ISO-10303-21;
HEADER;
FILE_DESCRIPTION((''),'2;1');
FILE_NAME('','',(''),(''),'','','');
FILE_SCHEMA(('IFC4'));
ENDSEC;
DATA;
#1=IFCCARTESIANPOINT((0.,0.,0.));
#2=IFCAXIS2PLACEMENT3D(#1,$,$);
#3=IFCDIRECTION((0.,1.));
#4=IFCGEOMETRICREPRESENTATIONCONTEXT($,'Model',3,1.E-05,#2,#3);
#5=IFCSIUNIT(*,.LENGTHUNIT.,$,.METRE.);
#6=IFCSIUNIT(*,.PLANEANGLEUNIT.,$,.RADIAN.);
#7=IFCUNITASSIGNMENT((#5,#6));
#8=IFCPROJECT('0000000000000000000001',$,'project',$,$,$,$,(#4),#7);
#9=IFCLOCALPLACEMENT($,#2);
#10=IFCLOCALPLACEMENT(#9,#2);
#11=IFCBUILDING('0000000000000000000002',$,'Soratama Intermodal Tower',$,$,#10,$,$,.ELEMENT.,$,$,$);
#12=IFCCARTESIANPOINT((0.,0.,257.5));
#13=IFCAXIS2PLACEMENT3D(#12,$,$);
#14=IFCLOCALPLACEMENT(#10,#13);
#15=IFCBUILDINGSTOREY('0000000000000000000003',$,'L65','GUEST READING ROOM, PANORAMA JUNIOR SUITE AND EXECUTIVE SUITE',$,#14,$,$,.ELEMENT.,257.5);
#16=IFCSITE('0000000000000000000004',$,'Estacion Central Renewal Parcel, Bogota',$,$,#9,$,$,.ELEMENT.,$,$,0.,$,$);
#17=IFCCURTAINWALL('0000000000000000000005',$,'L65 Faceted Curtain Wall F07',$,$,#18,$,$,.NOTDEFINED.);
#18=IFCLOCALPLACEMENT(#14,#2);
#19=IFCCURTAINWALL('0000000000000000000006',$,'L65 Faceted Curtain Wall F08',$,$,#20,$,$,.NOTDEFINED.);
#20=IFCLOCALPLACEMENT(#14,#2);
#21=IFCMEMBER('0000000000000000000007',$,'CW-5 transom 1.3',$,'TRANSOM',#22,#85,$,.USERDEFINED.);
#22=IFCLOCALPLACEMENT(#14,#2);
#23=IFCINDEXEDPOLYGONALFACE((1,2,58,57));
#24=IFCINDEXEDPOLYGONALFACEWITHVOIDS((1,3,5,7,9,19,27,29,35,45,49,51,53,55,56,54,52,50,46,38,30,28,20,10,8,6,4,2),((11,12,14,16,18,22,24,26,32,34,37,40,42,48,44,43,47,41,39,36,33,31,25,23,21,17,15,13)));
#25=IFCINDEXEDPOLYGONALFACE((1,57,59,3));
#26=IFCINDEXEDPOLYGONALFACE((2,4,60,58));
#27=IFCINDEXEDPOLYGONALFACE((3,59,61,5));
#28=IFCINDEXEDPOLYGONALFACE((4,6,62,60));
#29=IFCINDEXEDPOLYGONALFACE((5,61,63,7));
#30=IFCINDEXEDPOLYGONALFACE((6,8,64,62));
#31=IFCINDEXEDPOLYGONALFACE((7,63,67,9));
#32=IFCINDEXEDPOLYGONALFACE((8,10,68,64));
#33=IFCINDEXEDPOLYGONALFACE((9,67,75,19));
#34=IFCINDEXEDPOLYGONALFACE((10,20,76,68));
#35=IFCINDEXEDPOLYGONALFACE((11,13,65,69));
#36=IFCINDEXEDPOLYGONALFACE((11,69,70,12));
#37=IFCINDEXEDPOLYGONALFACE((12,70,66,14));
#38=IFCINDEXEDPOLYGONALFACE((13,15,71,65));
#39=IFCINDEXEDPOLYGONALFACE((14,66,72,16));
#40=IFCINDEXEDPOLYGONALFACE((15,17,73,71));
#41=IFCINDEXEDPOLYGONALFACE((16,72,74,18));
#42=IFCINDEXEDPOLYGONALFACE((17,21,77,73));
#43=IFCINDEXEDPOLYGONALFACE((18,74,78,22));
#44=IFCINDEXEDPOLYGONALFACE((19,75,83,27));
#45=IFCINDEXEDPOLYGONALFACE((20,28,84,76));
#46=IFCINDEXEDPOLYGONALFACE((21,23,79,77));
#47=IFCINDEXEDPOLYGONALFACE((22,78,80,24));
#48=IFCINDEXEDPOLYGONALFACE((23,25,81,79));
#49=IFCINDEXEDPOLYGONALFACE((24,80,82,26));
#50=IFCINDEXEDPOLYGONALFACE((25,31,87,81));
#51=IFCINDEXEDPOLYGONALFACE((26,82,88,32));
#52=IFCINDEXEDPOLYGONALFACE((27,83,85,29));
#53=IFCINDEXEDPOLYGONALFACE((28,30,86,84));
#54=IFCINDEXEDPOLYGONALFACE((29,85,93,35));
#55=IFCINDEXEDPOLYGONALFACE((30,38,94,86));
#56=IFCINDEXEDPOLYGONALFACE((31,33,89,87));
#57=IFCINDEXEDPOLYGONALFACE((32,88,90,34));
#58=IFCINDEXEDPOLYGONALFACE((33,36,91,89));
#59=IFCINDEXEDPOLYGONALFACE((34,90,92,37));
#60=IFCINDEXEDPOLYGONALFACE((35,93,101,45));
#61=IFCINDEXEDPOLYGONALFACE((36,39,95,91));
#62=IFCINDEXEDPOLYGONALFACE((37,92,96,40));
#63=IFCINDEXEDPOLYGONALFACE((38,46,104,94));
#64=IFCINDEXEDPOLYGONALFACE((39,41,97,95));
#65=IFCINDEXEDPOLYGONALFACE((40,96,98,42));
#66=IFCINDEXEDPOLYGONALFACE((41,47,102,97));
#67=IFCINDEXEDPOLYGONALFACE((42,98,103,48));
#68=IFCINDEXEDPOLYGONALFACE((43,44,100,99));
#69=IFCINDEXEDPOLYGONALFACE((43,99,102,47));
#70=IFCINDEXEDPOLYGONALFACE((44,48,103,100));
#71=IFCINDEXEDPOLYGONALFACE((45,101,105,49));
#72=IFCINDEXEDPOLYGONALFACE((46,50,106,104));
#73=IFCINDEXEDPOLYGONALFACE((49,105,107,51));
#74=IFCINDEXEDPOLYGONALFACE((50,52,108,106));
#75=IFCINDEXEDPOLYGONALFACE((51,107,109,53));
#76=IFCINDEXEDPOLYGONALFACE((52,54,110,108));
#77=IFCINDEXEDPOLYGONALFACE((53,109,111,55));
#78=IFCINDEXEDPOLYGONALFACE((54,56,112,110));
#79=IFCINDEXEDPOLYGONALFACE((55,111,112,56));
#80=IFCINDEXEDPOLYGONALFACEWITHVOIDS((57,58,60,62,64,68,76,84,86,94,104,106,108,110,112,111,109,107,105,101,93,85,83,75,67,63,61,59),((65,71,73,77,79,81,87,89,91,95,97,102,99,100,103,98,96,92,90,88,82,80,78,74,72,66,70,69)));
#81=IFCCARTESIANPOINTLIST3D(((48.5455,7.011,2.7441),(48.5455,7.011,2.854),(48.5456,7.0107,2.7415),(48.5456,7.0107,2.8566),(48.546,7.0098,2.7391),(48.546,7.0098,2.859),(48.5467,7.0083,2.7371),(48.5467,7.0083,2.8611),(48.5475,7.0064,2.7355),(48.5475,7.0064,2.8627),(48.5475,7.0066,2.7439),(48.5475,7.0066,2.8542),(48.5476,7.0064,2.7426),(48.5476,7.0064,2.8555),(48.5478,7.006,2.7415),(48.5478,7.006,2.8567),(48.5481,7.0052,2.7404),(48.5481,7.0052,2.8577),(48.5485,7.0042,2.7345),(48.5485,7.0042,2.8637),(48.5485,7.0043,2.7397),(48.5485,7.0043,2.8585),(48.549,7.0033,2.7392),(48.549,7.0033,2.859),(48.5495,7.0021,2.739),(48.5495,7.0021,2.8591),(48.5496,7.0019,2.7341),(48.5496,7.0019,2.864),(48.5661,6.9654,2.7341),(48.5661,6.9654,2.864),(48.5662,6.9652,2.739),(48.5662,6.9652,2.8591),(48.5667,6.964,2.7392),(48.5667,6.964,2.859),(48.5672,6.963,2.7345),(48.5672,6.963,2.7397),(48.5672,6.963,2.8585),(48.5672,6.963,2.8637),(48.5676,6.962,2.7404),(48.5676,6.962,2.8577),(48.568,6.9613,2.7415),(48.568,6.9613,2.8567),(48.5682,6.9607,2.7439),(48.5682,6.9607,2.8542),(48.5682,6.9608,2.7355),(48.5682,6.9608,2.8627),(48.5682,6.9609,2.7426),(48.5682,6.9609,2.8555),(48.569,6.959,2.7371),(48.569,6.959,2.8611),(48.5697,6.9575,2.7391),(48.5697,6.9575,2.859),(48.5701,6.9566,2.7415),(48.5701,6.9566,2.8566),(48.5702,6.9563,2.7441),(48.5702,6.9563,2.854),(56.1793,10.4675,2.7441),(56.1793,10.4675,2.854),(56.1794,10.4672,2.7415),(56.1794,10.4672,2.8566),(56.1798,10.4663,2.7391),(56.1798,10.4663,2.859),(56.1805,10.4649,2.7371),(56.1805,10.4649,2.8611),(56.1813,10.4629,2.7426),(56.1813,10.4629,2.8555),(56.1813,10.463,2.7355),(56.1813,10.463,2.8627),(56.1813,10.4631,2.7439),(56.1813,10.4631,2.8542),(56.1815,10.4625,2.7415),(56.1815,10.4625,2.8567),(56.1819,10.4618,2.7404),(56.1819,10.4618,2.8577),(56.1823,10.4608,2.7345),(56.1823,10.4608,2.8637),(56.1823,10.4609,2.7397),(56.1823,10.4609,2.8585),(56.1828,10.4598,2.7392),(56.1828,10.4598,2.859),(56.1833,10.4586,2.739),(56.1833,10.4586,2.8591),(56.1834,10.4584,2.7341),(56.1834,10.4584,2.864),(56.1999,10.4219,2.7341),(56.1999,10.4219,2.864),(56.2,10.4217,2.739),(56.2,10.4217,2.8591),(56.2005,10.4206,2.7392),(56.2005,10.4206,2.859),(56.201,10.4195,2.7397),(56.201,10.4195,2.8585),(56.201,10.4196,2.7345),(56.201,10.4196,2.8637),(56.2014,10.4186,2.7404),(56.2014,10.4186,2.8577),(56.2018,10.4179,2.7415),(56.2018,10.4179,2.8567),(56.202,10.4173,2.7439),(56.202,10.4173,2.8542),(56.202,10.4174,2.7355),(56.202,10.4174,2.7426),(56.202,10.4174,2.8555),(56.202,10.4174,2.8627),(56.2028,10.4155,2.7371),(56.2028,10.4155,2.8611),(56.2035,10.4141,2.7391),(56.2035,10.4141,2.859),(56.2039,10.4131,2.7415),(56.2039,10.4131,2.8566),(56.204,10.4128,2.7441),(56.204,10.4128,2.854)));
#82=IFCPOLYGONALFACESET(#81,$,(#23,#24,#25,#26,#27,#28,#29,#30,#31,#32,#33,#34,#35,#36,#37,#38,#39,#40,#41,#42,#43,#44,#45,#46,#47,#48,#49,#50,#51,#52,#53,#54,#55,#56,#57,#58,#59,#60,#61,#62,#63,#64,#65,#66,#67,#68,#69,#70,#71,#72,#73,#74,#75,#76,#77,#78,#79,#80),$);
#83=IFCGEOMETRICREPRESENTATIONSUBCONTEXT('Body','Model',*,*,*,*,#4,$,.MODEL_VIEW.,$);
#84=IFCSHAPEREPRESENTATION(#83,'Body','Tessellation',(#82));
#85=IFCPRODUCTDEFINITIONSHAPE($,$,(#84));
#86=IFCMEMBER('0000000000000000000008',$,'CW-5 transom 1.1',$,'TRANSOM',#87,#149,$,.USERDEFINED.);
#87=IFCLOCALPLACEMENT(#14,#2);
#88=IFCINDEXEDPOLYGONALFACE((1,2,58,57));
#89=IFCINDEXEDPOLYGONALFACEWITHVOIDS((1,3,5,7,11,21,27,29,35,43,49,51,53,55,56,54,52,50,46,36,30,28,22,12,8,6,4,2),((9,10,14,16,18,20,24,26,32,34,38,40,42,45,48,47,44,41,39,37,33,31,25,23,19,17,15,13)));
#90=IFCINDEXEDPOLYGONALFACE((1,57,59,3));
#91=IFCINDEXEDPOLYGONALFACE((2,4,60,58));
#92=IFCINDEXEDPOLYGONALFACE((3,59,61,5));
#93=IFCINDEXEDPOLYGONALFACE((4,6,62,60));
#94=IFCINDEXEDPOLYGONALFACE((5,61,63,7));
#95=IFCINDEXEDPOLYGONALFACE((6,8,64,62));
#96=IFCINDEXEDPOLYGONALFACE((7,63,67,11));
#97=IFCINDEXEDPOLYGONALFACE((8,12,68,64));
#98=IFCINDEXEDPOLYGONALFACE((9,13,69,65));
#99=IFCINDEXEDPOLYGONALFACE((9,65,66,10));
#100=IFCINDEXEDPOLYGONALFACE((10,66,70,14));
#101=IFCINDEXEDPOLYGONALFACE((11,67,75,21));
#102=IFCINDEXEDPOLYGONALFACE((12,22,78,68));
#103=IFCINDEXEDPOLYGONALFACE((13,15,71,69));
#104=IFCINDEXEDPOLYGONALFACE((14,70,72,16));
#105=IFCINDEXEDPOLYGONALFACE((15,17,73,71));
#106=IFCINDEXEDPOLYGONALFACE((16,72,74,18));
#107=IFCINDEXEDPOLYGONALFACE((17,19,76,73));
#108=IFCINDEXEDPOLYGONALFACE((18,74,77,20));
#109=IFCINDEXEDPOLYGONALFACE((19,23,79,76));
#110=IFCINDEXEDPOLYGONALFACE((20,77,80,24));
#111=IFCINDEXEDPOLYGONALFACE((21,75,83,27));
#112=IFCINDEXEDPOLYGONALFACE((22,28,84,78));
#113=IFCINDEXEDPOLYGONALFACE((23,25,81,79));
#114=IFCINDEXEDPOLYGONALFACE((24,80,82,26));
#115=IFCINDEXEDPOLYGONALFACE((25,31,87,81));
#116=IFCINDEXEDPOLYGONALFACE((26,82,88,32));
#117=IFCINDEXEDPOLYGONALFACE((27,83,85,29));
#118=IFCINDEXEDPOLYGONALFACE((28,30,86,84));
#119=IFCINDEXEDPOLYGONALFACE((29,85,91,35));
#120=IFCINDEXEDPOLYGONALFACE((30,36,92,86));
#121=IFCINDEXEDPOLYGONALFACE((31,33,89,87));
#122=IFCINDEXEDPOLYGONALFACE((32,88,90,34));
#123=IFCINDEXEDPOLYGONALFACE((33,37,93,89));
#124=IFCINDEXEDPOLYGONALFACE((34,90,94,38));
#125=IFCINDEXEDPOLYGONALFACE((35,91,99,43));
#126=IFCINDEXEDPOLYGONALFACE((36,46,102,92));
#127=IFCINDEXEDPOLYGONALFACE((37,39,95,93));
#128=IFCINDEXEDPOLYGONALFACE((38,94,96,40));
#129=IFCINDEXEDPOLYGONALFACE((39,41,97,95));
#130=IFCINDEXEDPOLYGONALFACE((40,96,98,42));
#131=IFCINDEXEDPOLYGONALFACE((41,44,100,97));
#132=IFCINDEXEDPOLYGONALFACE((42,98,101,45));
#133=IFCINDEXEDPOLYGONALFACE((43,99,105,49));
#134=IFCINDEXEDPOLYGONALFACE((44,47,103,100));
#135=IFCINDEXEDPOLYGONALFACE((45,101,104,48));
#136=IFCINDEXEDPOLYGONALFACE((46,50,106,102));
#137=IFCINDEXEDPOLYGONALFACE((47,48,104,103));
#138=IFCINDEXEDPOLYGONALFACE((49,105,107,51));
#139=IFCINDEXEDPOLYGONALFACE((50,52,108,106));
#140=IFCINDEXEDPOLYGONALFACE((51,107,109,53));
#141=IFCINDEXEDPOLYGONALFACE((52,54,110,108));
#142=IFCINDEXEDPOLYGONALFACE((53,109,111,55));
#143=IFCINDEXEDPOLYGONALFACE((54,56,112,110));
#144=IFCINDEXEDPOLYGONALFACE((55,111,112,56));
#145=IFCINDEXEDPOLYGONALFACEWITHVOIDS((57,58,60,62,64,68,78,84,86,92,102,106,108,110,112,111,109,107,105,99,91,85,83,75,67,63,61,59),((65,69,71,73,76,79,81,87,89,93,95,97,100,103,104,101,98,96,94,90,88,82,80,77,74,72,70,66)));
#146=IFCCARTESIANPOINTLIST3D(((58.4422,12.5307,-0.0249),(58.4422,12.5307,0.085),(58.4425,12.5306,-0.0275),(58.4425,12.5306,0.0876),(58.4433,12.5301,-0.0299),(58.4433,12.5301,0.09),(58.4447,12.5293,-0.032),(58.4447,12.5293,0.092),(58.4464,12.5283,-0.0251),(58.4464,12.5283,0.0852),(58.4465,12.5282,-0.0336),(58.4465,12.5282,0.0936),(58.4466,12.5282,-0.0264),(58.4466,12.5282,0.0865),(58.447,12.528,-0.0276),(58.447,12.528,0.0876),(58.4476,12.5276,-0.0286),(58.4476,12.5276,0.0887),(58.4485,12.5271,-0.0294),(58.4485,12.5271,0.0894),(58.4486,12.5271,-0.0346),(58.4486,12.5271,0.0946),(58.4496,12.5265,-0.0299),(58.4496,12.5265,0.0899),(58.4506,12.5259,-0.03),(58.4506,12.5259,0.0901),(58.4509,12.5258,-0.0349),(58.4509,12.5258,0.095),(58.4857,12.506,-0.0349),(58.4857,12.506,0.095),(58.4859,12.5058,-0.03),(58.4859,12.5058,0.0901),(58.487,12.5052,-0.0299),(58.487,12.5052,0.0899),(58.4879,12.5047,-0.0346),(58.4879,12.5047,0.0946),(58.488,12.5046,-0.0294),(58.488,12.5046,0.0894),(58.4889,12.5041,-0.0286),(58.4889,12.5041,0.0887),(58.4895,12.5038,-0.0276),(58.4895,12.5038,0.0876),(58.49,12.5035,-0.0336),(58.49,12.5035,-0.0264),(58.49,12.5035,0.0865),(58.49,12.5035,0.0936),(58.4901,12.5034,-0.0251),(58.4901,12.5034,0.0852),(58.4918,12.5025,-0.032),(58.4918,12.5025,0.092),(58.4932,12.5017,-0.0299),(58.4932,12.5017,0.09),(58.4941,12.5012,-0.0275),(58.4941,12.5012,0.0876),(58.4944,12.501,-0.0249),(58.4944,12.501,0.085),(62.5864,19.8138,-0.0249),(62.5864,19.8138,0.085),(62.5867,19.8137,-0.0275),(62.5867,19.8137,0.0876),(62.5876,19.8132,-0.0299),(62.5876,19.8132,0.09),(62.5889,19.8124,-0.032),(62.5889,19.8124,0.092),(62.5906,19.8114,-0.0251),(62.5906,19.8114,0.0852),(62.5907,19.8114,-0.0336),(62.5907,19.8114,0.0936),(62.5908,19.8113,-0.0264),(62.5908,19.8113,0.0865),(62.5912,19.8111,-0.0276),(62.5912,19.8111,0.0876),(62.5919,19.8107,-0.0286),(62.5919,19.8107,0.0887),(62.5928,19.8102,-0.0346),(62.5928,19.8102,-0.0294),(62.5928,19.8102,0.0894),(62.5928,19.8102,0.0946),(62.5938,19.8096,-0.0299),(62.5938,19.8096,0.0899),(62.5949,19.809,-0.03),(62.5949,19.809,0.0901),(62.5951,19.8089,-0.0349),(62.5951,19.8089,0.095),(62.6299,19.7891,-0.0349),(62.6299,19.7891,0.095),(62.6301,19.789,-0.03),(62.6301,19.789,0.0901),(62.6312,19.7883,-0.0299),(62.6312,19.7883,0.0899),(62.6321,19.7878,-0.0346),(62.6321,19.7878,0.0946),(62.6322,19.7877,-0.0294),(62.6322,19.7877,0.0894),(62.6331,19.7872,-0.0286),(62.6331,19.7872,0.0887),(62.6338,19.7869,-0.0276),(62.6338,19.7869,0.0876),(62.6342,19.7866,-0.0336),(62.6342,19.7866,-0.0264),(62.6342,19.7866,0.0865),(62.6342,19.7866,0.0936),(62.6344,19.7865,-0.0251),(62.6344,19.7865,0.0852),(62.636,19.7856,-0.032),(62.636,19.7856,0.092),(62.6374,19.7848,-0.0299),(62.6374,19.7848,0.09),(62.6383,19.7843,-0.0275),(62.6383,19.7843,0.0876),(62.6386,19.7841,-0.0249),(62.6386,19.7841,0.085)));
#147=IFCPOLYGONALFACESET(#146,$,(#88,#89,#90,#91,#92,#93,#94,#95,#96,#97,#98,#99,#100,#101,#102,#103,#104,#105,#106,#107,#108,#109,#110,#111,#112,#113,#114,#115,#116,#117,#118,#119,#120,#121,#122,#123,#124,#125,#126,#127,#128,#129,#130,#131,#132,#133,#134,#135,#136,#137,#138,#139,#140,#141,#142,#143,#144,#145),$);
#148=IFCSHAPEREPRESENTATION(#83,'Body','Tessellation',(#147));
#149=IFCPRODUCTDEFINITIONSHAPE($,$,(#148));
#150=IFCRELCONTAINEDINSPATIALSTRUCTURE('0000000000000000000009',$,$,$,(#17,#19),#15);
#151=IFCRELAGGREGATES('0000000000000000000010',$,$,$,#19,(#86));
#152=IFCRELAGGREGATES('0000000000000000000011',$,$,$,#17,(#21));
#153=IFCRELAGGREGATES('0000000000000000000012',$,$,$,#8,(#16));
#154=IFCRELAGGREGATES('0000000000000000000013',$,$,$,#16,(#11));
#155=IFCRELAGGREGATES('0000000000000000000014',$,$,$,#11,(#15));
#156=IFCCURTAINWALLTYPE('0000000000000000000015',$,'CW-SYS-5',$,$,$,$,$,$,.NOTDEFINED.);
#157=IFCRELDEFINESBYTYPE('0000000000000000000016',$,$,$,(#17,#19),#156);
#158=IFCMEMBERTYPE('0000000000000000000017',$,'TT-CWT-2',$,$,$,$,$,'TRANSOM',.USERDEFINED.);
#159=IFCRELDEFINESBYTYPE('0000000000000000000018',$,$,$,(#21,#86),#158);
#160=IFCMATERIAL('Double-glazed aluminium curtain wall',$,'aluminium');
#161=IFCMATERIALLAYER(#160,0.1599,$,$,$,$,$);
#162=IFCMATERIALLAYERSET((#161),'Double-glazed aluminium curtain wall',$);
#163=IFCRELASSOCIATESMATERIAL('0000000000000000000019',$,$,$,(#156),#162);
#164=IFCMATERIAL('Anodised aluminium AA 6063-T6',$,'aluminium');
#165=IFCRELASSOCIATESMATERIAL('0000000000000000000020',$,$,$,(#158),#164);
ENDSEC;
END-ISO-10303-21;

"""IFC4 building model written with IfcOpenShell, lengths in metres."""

from ifc_helpers import new_model, si_unit, direction, frame, origin, origin_2d, place, context, subcontext, project, spatial, hollow_rectangle, extrude, material, layer, layer_set, material_profile, profile_set, type_object, element, aggregate, save


model = new_model("IFC4")

# Units and contexts
model_context = context("Model", 3, precision=1e-05, world=origin(), true_north=direction((0.0, 1.0)))
body_context = subcontext(model_context, "Body", "Model", "MODEL_VIEW")
ifc_project = project(units=[si_unit("LENGTHUNIT", "METRE"), si_unit("PLANEANGLEUNIT", "RADIAN")], contexts=[model_context])

# Site, building, storey
site_placement = place(None, origin())
site = spatial("IfcSite", under=ifc_project, at=site_placement, Name="Estacion Central Renewal Parcel, Bogota", CompositionType="ELEMENT", RefElevation=0.0)
building_placement = place(site_placement, origin())
building = spatial("IfcBuilding", under=site, at=building_placement, Name="Soratama Intermodal Tower", CompositionType="ELEMENT")
storey_placement = place(building_placement, frame((0.0, 0.0, 257.5)))
storey = spatial("IfcBuildingStorey", under=building, at=storey_placement, Name="L65", Description="GUEST READING ROOM, PANORAMA JUNIOR SUITE AND EXECUTIVE SUITE", CompositionType="ELEMENT", Elevation=257.5)

# Curtain walls
ifc_material_1 = material(Name="Double-glazed aluminium curtain wall", Category="aluminium")
ifc_layer_1 = layer(ifc_material_1, 0.1599)
ifc_layer_set_1 = layer_set([ifc_layer_1], Name="Double-glazed aluminium curtain wall")
curtain_wall_type = type_object("IfcCurtainWallType", Name="CW-SYS-5", PredefinedType="NOTDEFINED", material=ifc_layer_set_1)
curtain_wall_1_placement = place(storey_placement, origin())
curtain_wall_1 = element("IfcCurtainWall", 1, at=curtain_wall_1_placement, inside=storey, type_object=curtain_wall_type, Name="L65 Faceted Curtain Wall F07", PredefinedType="NOTDEFINED")
curtain_wall_2_placement = place(storey_placement, origin())
curtain_wall_2 = element("IfcCurtainWall", 2, at=curtain_wall_2_placement, inside=storey, type_object=curtain_wall_type, Name="L65 Faceted Curtain Wall F08", PredefinedType="NOTDEFINED")

# Members
ifc_material_2 = material(Name="Anodised aluminium AA 6063-T6", Category="aluminium")
ifc_material_profile_1 = material_profile(ifc_material_2, hollow_rectangle(XDim=0.0601, YDim=0.1299, WallThickness=0.0049, InnerFilletRadius=0.0049, OuterFilletRadius=0.01, at=origin_2d()), Name="CWT130X60X5")
ifc_profile_set_1 = profile_set([ifc_material_profile_1], Name="Anodised aluminium AA 6063-T6")
member_type_1 = type_object("IfcMemberType", Name="TT-CWT-2", ElementType="TRANSOM", PredefinedType="USERDEFINED", material=ifc_profile_set_1)
member_1_placement = place(storey_placement, frame((48.5579, 6.9836, 2.7991), z_axis=(0.910966, 0.412481, 0.0), x_axis=(-0.412481, 0.910966, 0.0)))
member_1 = element("IfcMember", 3, at=member_1_placement, type_object=member_type_1, Name="CW-5 transom 1.3", ObjectType="TRANSOM", PredefinedType="USERDEFINED", context=body_context, shape_type="SweptSolid", body=[
    extrude(hollow_rectangle(XDim=0.0601, YDim=0.1299, WallThickness=0.0049, InnerFilletRadius=0.0049, OuterFilletRadius=0.01, at=origin_2d()), origin(), (0.0, 0.0, 1.0), 8.3799),
])
member_2_placement = place(storey_placement, frame((58.4683, 12.5159, 0.03), z_axis=(0.49456, 0.869144, 0.0), x_axis=(-0.869144, 0.49456, 0.0)))
member_2 = element("IfcMember", 4, at=member_2_placement, type_object=member_type_1, Name="CW-5 transom 1.1", ObjectType="TRANSOM", PredefinedType="USERDEFINED", context=body_context, shape_type="SweptSolid", body=[
    extrude(hollow_rectangle(XDim=0.0601, YDim=0.1299, WallThickness=0.0049, InnerFilletRadius=0.0049, OuterFilletRadius=0.01, at=origin_2d()), origin(), (0.0, 0.0, 1.0), 8.3796),
])
aggregate(curtain_wall_2, [member_2])

aggregate(curtain_wall_1, [member_1])

save(model, "model.ifc")
